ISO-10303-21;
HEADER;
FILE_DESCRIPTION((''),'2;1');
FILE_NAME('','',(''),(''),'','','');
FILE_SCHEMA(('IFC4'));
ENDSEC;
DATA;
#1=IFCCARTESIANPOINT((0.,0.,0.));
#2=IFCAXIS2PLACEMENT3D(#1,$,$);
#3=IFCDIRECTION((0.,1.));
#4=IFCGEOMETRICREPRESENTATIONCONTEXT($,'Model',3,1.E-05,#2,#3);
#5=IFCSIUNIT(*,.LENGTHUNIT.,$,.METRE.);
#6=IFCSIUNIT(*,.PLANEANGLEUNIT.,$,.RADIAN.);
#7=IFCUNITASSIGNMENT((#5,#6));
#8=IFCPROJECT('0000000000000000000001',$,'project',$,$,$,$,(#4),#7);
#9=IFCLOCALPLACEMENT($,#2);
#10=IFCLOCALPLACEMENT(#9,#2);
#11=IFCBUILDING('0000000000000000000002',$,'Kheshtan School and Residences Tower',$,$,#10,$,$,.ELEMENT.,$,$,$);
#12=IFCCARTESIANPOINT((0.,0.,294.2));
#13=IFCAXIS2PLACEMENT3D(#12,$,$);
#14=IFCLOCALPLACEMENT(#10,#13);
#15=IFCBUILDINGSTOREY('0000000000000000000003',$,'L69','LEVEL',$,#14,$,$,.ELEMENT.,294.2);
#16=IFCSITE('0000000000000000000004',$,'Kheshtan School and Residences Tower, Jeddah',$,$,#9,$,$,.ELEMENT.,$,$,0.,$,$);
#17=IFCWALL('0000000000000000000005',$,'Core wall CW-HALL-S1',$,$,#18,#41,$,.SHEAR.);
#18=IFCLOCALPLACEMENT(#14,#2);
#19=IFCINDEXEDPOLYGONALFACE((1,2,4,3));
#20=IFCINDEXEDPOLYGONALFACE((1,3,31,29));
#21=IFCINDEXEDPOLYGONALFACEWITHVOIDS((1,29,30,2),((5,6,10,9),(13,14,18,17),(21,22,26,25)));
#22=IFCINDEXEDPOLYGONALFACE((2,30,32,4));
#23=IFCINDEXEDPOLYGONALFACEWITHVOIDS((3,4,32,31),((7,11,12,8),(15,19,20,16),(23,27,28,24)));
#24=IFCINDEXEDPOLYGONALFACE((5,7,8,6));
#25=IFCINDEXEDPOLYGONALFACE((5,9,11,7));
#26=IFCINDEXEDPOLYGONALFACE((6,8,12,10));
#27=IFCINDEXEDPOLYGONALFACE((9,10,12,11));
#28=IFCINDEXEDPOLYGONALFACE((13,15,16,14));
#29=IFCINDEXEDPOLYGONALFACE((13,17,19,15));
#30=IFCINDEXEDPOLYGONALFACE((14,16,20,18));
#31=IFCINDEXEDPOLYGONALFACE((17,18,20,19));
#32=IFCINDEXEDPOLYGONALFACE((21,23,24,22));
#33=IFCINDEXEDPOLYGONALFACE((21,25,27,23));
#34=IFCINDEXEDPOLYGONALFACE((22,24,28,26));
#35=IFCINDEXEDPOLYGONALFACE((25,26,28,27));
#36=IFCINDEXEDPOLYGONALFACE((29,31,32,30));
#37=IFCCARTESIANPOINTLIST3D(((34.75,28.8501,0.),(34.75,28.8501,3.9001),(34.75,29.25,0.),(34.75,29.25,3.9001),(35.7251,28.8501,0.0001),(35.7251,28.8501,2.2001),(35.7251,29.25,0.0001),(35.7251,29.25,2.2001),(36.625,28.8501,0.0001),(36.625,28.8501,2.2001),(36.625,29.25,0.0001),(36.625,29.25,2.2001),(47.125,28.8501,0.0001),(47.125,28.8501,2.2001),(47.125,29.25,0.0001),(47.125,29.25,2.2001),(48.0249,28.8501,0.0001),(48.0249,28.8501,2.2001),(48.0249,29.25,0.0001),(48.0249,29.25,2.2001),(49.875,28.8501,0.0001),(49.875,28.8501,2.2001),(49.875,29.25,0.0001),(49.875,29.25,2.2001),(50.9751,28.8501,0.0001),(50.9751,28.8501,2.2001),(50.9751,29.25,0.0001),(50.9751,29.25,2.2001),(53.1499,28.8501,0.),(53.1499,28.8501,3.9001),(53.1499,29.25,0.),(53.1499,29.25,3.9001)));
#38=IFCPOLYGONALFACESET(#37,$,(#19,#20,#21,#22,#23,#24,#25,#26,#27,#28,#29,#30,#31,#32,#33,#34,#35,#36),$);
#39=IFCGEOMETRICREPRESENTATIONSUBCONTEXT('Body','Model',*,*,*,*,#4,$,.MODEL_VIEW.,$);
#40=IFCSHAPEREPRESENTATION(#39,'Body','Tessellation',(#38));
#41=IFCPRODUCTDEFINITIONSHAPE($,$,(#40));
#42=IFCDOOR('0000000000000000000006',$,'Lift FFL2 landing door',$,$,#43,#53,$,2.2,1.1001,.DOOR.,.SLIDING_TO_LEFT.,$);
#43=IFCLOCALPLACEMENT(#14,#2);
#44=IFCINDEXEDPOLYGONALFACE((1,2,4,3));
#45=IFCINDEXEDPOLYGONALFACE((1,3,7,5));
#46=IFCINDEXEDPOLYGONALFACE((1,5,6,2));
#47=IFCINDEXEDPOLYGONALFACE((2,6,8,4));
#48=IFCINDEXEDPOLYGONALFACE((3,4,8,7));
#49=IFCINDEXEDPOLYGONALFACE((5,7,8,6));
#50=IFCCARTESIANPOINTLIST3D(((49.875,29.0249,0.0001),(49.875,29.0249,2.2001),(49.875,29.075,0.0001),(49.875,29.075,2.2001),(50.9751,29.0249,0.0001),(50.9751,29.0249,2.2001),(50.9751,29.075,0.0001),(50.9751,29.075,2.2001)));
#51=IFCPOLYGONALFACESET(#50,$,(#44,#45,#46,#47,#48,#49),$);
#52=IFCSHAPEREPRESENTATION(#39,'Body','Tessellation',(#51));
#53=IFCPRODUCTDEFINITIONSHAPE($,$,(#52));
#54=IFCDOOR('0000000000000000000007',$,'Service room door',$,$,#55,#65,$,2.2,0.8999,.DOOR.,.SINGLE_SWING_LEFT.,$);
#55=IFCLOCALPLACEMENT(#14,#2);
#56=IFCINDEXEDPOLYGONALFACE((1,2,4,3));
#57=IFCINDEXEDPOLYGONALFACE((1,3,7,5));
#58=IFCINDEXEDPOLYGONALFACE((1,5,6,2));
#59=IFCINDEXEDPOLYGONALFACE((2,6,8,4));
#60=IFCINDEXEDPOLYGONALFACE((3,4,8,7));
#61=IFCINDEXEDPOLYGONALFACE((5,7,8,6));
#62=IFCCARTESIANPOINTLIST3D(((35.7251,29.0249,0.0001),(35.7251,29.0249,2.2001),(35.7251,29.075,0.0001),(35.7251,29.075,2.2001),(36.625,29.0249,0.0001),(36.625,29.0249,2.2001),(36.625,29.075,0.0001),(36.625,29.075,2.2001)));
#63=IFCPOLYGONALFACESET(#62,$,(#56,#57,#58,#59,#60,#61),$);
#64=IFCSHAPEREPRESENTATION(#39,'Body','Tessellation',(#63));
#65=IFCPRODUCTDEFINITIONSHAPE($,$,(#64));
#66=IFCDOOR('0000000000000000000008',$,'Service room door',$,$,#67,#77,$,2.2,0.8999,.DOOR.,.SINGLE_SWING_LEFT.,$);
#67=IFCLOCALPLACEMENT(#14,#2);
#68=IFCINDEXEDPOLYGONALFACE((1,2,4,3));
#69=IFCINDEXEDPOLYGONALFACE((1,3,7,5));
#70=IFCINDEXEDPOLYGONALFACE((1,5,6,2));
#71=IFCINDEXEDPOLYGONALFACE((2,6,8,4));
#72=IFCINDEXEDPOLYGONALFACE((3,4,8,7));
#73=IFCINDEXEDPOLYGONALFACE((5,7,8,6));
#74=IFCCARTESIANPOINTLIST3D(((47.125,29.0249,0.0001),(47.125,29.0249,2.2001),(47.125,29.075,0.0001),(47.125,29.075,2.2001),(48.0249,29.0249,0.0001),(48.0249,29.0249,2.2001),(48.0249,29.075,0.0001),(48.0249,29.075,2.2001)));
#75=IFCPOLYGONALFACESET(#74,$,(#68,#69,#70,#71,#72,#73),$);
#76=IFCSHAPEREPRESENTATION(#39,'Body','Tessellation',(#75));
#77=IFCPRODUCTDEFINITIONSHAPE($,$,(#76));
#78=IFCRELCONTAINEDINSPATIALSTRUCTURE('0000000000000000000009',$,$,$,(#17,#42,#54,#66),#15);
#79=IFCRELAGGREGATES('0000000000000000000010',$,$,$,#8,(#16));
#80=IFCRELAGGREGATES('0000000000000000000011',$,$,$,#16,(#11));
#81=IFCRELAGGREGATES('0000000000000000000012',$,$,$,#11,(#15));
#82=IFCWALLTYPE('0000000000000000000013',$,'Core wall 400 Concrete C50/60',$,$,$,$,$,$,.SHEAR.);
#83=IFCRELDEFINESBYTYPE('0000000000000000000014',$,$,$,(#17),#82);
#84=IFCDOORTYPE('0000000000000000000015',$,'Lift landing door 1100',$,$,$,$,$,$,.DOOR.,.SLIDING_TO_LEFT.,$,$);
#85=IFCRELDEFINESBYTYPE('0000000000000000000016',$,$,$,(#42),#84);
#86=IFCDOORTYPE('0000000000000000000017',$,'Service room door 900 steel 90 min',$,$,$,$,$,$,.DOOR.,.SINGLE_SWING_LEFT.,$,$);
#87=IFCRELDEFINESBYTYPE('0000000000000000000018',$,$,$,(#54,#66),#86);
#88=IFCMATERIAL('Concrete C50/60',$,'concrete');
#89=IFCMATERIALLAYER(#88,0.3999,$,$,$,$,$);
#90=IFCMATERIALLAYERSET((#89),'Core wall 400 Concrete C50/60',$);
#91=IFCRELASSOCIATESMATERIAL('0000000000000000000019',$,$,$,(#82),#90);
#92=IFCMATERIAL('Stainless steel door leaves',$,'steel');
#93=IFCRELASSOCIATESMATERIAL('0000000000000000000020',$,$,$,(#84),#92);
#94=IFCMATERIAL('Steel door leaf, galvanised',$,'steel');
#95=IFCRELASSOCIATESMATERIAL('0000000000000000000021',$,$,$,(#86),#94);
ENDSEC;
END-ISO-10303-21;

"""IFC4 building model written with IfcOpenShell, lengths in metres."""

from ifc_helpers import new_model, si_unit, direction, frame, frame_2d, origin, place, context, subcontext, project, spatial, rectangle, extrude, source, transform, mapped, material, layer, layer_set, type_object, element, fill, save


model = new_model("IFC4")

# Units and contexts
model_context = context("Model", 3, precision=1e-05, world=origin(), true_north=direction((0.0, 1.0)))
body_context = subcontext(model_context, "Body", "Model", "MODEL_VIEW")
ifc_project = project(units=[si_unit("LENGTHUNIT", "METRE"), si_unit("PLANEANGLEUNIT", "RADIAN")], contexts=[model_context])

# Site, building, storey
site_placement = place(None, origin())
site = spatial("IfcSite", under=ifc_project, at=site_placement, Name="Kheshtan School and Residences Tower, Jeddah", CompositionType="ELEMENT", RefElevation=0.0)
building_placement = place(site_placement, origin())
building = spatial("IfcBuilding", under=site, at=building_placement, Name="Kheshtan School and Residences Tower", CompositionType="ELEMENT")
storey_placement = place(building_placement, frame((0.0, 0.0, 294.2)))
storey = spatial("IfcBuildingStorey", under=building, at=storey_placement, Name="L69", Description="LEVEL", CompositionType="ELEMENT", Elevation=294.2)

# Wall, openings, doors
ifc_material_1 = material(Name="Concrete C50/60", Category="concrete")
ifc_layer_1 = layer(ifc_material_1, 0.3999)
ifc_layer_set_1 = layer_set([ifc_layer_1], Name="Core wall 400 Concrete C50/60")
wall_type_1 = type_object("IfcWallType", Name="Core wall 400 Concrete C50/60", PredefinedType="SHEAR", material=ifc_layer_set_1)
wall_1_placement = place(storey_placement, frame((34.75, 29.05, 0.0), z_axis=(0.0, 0.0, 1.0), x_axis=(1.0, 0.0, 0.0)))
wall_1 = element("IfcWall", 1, at=wall_1_placement, inside=storey, type_object=wall_type_1, Name="Core wall CW-HALL-S1", PredefinedType="SHEAR", context=body_context, shape_type="SweptSolid", body=[
    extrude(rectangle(XDim=18.3999, YDim=0.3999, at=frame_2d((9.2, 0.0))), origin(), (0.0, 0.0, 1.0), 3.9001),
])
opening_1_placement = place(wall_1_placement, frame((15.125, 0.0, 0.0)))
opening_1 = element("IfcOpeningElement", 2, at=opening_1_placement, cuts=wall_1, PredefinedType="OPENING", context=body_context, shape_type="SweptSolid", body=[
    extrude(rectangle(XDim=1.1001, YDim=2.2, at=frame_2d((0.55, 1.1001))), frame((0.0, 0.21, 0.0), z_axis=(0.0, -1.0, 0.0), x_axis=(1.0, 0.0, 0.0)), (0.0, 0.0, 1.0), 0.4199),
])
opening_2_placement = place(wall_1_placement, frame((0.9751, 0.0, 0.0)))
opening_2 = element("IfcOpeningElement", 3, at=opening_2_placement, cuts=wall_1, PredefinedType="OPENING", context=body_context, shape_type="SweptSolid", body=[
    extrude(rectangle(XDim=0.8999, YDim=2.2, at=frame_2d((0.45, 1.1001))), frame((0.0, 0.21, 0.0), z_axis=(0.0, -1.0, 0.0), x_axis=(1.0, 0.0, 0.0)), (0.0, 0.0, 1.0), 0.4199),
])
opening_3_placement = place(wall_1_placement, frame((12.375, 0.0, 0.0)))
opening_3 = element("IfcOpeningElement", 4, at=opening_3_placement, cuts=wall_1, PredefinedType="OPENING", context=body_context, shape_type="SweptSolid", body=[
    extrude(rectangle(XDim=0.8999, YDim=2.2, at=frame_2d((0.45, 1.1001))), frame((0.0, 0.21, 0.0), z_axis=(0.0, -1.0, 0.0), x_axis=(1.0, 0.0, 0.0)), (0.0, 0.0, 1.0), 0.4199),
])
ifc_material_2 = material(Name="Stainless steel door leaves", Category="steel")
door_type_1 = type_object("IfcDoorType", Name="Lift landing door 1100", OperationType="SLIDING_TO_LEFT", PredefinedType="DOOR", material=ifc_material_2)
shared_shape_1 = source(origin(), body_context, "Body", "SweptSolid", [
    extrude(rectangle(XDim=1.1001, YDim=2.2, at=frame_2d((0.55, 1.1001))), frame((0.0, 0.0249, 0.0), z_axis=(0.0, -1.0, 0.0), x_axis=(1.0, 0.0, 0.0)), (0.0, 0.0, 1.0), 0.05),
])
door_1_placement = place(opening_1_placement, origin())
door_1 = element("IfcDoor", 5, at=door_1_placement, inside=storey, type_object=door_type_1, Name="Lift FFL2 landing door", OperationType="SLIDING_TO_LEFT", OverallHeight=2.2, OverallWidth=1.1001, PredefinedType="DOOR", context=body_context, shape_type="MappedRepresentation", body=[
    mapped(shared_shape_1, transform((0.0, 0.0, 0.0), x_axis=(1.0, 0.0, 0.0), y_axis=(0.0, 1.0, 0.0), z_axis=(0.0, 0.0, 1.0), scale=1.0)),
])
fill(opening_1, door_1)
ifc_material_3 = material(Name="Steel door leaf, galvanised", Category="steel")
door_type_2 = type_object("IfcDoorType", Name="Service room door 900 steel 90 min", OperationType="SINGLE_SWING_LEFT", PredefinedType="DOOR", material=ifc_material_3)
shared_shape_2 = source(origin(), body_context, "Body", "SweptSolid", [
    extrude(rectangle(XDim=0.8999, YDim=2.2, at=frame_2d((0.45, 1.1001))), frame((0.0, 0.0249, 0.0), z_axis=(0.0, -1.0, 0.0), x_axis=(1.0, 0.0, 0.0)), (0.0, 0.0, 1.0), 0.05),
])
door_2_placement = place(opening_2_placement, origin())
door_2 = element("IfcDoor", 6, at=door_2_placement, inside=storey, type_object=door_type_2, Name="Service room door", OperationType="SINGLE_SWING_LEFT", OverallHeight=2.2, OverallWidth=0.8999, PredefinedType="DOOR", context=body_context, shape_type="MappedRepresentation", body=[
    mapped(shared_shape_2, transform((0.0, 0.0, 0.0), x_axis=(1.0, 0.0, 0.0), y_axis=(0.0, 1.0, 0.0), z_axis=(0.0, 0.0, 1.0), scale=1.0)),
])
fill(opening_2, door_2)
door_3_placement = place(opening_3_placement, origin())
door_3 = element("IfcDoor", 7, at=door_3_placement, inside=storey, type_object=door_type_2, Name="Service room door", OperationType="SINGLE_SWING_LEFT", OverallHeight=2.2, OverallWidth=0.8999, PredefinedType="DOOR", context=body_context, shape_type="MappedRepresentation", body=[
    mapped(shared_shape_2, transform((0.0, 0.0, 0.0), x_axis=(1.0, 0.0, 0.0), y_axis=(0.0, 1.0, 0.0), z_axis=(0.0, 0.0, 1.0), scale=1.0)),
])
fill(opening_3, door_3)

save(model, "model.ifc")
